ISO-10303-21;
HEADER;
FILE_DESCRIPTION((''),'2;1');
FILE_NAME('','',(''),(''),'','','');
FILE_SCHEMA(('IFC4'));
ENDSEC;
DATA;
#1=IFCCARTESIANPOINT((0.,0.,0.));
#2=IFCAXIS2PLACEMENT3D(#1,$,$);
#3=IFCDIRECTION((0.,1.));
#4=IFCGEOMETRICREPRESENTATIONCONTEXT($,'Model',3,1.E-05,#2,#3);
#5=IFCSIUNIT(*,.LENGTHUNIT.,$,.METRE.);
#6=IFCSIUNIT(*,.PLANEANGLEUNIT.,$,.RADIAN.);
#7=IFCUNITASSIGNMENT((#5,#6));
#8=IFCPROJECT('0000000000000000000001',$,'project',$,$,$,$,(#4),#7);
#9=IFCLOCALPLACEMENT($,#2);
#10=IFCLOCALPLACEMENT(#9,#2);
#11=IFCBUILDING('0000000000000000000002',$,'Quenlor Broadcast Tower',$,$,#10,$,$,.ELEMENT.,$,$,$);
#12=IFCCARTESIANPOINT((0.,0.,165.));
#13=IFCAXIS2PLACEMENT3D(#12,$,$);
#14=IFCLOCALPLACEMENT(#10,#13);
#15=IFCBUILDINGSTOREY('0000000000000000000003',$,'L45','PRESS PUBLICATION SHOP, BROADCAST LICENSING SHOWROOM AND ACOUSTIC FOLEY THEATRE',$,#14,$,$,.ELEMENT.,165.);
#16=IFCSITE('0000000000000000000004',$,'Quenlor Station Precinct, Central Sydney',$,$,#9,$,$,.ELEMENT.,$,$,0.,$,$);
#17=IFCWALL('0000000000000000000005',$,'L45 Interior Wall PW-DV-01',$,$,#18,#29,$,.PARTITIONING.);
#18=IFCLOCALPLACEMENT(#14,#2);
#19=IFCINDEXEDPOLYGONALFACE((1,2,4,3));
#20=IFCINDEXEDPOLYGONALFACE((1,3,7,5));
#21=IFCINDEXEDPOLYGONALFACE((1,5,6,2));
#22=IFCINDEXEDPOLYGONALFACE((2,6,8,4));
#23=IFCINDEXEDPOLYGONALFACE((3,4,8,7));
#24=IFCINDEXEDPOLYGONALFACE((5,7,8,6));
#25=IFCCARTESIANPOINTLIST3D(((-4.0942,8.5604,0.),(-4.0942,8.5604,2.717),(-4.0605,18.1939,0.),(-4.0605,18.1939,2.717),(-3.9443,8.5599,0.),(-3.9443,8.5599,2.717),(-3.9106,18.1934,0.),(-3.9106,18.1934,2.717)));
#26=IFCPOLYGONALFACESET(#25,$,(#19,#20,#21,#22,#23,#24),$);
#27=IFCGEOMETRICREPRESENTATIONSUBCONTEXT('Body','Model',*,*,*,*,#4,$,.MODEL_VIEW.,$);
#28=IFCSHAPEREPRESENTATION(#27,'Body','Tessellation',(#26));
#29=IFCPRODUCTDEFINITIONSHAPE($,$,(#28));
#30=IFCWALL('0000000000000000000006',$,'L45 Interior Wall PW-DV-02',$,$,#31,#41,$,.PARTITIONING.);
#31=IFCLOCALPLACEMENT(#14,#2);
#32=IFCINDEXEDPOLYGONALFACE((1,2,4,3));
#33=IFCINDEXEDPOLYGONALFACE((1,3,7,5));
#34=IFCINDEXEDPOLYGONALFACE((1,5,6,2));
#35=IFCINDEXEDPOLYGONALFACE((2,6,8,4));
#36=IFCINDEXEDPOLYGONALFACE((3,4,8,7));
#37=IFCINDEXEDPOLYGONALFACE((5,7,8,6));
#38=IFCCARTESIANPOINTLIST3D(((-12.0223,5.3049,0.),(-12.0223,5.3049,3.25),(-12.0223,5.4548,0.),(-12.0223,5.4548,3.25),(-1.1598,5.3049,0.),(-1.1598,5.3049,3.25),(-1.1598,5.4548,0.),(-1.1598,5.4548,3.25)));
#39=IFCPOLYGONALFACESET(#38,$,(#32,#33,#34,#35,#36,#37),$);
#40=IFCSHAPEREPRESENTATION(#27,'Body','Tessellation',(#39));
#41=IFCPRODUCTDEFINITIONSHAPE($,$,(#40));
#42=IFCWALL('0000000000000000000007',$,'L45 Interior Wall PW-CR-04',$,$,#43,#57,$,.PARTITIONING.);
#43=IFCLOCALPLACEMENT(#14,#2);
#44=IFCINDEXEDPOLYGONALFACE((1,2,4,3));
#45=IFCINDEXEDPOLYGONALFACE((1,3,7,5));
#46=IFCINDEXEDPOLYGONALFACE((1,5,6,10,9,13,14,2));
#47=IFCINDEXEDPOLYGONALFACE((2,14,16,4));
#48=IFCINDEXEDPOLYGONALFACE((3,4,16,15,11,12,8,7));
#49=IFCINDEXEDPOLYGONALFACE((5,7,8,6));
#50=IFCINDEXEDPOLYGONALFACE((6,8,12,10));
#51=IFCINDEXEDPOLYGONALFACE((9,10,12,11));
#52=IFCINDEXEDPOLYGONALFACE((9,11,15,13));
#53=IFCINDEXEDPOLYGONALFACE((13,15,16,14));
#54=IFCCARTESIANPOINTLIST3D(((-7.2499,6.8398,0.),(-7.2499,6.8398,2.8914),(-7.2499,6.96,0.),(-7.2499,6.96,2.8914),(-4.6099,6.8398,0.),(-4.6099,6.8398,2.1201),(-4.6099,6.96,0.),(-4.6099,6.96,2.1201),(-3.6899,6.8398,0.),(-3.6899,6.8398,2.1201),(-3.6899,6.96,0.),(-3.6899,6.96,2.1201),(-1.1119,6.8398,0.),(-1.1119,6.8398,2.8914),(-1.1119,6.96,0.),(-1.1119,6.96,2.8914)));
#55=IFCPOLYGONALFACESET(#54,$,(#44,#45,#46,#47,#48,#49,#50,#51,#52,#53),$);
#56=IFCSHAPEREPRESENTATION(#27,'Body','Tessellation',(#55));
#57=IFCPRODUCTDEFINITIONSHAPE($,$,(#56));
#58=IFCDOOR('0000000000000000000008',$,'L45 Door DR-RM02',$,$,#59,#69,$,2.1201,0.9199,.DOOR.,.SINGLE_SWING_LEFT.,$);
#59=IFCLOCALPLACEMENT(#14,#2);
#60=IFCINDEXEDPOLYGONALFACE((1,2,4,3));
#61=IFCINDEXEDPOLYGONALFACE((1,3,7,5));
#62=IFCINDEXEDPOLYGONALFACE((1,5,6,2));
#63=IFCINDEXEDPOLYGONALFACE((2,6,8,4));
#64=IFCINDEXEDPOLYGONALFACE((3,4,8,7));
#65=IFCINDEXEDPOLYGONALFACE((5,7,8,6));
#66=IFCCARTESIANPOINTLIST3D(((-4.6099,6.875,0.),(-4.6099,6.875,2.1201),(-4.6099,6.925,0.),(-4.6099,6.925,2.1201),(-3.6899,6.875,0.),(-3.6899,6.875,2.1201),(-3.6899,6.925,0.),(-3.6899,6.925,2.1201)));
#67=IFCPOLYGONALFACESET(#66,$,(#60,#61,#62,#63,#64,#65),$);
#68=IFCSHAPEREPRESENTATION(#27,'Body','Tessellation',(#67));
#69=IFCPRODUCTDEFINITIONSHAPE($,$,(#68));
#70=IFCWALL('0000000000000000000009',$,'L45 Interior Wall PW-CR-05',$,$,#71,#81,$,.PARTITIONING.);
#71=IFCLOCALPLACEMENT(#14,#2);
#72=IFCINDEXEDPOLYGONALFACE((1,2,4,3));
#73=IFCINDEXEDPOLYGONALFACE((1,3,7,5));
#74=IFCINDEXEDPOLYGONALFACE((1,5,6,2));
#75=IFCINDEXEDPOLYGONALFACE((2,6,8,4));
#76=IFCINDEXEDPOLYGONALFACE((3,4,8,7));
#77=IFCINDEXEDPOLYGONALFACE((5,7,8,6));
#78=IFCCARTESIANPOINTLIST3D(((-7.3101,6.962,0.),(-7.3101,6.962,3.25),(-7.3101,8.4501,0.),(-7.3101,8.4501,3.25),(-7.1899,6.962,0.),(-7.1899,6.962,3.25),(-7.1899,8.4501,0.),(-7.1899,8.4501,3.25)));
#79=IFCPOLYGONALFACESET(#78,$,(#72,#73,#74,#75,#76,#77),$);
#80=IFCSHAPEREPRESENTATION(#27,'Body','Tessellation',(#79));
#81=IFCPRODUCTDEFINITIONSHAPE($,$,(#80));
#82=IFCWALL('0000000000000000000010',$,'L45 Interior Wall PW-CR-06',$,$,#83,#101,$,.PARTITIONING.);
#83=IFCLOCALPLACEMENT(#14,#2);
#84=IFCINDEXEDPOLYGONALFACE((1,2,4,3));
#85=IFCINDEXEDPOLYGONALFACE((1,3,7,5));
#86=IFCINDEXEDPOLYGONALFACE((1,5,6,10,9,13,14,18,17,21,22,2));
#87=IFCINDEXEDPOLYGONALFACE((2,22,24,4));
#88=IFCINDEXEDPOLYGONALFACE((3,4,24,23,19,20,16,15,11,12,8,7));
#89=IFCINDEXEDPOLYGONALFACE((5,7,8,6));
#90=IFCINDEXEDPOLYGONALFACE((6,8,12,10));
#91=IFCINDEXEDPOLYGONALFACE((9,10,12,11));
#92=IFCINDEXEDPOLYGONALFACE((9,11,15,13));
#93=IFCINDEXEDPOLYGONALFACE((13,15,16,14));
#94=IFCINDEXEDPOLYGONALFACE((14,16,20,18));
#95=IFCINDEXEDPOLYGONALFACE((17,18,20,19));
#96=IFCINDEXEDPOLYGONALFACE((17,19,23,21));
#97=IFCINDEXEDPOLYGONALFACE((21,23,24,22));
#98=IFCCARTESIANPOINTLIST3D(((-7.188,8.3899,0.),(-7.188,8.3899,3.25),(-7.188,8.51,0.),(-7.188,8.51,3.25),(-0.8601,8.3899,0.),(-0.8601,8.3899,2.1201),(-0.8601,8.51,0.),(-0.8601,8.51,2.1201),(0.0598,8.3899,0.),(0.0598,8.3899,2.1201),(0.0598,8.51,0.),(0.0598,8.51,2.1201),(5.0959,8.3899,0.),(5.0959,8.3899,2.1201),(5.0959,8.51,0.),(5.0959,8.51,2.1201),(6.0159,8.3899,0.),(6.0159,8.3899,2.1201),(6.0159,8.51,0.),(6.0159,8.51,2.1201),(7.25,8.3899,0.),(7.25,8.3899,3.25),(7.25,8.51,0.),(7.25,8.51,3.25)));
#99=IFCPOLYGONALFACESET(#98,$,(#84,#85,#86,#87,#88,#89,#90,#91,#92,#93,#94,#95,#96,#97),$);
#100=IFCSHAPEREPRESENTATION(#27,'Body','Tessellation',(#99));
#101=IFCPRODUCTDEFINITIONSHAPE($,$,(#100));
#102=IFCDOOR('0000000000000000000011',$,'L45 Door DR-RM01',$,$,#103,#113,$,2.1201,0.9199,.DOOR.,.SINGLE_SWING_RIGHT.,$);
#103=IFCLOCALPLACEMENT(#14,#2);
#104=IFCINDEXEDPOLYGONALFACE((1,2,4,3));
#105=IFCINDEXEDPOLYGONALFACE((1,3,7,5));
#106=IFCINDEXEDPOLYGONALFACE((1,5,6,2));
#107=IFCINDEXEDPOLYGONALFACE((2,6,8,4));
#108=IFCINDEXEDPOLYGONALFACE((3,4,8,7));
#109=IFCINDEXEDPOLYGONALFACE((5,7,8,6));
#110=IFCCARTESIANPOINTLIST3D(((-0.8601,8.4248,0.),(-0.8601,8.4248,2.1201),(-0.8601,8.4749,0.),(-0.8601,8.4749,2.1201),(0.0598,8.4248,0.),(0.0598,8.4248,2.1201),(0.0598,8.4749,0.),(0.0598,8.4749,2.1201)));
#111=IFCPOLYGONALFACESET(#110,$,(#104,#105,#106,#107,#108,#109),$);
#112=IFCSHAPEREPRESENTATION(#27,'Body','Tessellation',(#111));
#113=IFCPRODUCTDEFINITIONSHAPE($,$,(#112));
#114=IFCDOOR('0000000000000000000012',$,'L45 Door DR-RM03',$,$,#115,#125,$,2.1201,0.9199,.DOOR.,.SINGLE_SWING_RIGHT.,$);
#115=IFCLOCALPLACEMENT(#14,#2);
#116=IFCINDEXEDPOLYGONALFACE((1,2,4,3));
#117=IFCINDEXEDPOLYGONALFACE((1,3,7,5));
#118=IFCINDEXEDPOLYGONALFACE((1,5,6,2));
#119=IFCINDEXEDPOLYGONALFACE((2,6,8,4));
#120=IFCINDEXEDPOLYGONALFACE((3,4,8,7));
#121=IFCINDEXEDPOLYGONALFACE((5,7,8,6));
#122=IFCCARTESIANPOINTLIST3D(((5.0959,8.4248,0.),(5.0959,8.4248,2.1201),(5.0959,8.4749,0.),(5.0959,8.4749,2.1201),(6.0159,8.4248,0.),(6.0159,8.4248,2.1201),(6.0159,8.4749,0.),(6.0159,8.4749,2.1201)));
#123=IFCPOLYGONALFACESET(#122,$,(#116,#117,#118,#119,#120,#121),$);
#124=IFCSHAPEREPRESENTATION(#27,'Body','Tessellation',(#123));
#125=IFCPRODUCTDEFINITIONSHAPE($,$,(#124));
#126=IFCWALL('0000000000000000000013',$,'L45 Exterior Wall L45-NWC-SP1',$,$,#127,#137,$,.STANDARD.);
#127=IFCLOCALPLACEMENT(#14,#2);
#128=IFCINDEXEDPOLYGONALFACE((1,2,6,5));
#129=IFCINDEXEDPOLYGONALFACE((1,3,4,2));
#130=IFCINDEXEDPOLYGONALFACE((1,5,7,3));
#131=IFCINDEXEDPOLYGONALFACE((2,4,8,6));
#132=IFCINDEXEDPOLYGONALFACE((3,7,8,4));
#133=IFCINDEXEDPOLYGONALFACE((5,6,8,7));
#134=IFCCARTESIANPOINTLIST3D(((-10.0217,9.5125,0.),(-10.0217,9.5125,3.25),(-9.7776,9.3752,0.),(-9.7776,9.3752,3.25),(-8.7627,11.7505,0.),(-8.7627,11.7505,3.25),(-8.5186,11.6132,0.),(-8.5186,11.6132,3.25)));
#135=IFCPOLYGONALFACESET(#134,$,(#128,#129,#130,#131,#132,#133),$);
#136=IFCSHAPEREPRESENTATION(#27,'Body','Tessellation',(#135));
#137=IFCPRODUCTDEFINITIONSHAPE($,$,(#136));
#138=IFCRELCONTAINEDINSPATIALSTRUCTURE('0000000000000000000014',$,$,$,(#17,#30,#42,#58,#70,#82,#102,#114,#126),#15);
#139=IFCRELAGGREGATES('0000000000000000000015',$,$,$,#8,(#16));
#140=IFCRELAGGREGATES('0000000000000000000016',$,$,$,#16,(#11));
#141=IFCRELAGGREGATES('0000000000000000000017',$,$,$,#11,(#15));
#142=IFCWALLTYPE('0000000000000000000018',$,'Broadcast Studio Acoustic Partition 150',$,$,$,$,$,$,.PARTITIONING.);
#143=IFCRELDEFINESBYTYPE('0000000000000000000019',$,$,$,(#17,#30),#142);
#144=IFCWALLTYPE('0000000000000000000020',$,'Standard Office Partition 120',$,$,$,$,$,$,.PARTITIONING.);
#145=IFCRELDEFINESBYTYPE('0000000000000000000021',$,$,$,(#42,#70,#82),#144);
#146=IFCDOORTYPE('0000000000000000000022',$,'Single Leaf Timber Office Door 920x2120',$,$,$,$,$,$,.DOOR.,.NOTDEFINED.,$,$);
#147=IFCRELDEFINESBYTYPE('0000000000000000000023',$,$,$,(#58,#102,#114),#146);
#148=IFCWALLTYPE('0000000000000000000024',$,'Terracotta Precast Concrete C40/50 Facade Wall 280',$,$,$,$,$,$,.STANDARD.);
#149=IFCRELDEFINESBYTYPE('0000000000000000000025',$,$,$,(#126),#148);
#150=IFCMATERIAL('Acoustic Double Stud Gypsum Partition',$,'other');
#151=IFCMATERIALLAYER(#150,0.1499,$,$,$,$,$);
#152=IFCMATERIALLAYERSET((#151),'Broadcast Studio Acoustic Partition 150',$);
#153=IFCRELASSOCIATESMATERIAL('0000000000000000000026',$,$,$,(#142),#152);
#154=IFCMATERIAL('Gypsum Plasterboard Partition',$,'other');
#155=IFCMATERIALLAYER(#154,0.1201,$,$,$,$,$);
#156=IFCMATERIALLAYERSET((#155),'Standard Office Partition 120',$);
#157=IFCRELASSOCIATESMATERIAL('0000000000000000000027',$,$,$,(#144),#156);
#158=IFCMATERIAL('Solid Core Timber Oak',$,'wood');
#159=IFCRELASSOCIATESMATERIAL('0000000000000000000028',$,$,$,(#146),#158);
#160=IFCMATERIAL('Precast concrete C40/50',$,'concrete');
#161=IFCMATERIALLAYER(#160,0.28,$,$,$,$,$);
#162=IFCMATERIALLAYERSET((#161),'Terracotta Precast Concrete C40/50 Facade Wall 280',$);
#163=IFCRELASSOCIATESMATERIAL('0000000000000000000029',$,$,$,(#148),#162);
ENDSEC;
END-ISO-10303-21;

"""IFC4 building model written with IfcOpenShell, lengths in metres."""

from ifc_helpers import new_model, si_unit, direction, frame, frame_2d, origin, place, context, subcontext, project, spatial, rectangle, extrude, material, layer, layer_set, type_object, element, fill, save


model = new_model("IFC4")

# Units and contexts
model_context = context("Model", 3, precision=1e-05, world=origin(), true_north=direction((0.0, 1.0)))
body_context = subcontext(model_context, "Body", "Model", "MODEL_VIEW")
ifc_project = project(units=[si_unit("LENGTHUNIT", "METRE"), si_unit("PLANEANGLEUNIT", "RADIAN")], contexts=[model_context])

# Site, building, storey
site_placement = place(None, origin())
site = spatial("IfcSite", under=ifc_project, at=site_placement, Name="Quenlor Station Precinct, Central Sydney", CompositionType="ELEMENT", RefElevation=0.0)
building_placement = place(site_placement, origin())
building = spatial("IfcBuilding", under=site, at=building_placement, Name="Quenlor Broadcast Tower", CompositionType="ELEMENT")
storey_placement = place(building_placement, frame((0.0, 0.0, 165.0)))
storey = spatial("IfcBuildingStorey", under=building, at=storey_placement, Name="L45", Description="PRESS PUBLICATION SHOP, BROADCAST LICENSING SHOWROOM AND ACOUSTIC FOLEY THEATRE", CompositionType="ELEMENT", Elevation=165.0)

# Walls
ifc_material_1 = material(Name="Acoustic Double Stud Gypsum Partition", Category="other")
ifc_layer_1 = layer(ifc_material_1, 0.1499)
ifc_layer_set_1 = layer_set([ifc_layer_1], Name="Broadcast Studio Acoustic Partition 150")
wall_type_1 = type_object("IfcWallType", Name="Broadcast Studio Acoustic Partition 150", PredefinedType="PARTITIONING", material=ifc_layer_set_1)
wall_1_placement = place(storey_placement, frame((-4.0193, 8.5601, 0.0), z_axis=(0.0, 0.0, 1.0), x_axis=(0.003497, 0.999994, 0.0)))
element("IfcWall", 1, at=wall_1_placement, inside=storey, type_object=wall_type_1, Name="L45 Interior Wall PW-DV-01", PredefinedType="PARTITIONING", context=body_context, shape_type="SweptSolid", body=[
    extrude(rectangle(XDim=9.6335, YDim=0.1499, at=frame_2d((4.8169, 0.0))), origin(), (0.0, 0.0, 1.0), 2.717),
])
wall_2_placement = place(storey_placement, frame((-1.1599, 5.3799, 0.0), z_axis=(0.0, 0.0, 1.0), x_axis=(-1.0, 0.0, 0.0)))
element("IfcWall", 2, at=wall_2_placement, inside=storey, type_object=wall_type_1, Name="L45 Interior Wall PW-DV-02", PredefinedType="PARTITIONING", context=body_context, shape_type="SweptSolid", body=[
    extrude(rectangle(XDim=10.8625, YDim=0.1499, at=frame_2d((5.4312, 0.0))), origin(), (0.0, 0.0, 1.0), 3.25),
])

# Wall, opening, door
ifc_material_2 = material(Name="Gypsum Plasterboard Partition", Category="other")
ifc_layer_2 = layer(ifc_material_2, 0.1201)
ifc_layer_set_2 = layer_set([ifc_layer_2], Name="Standard Office Partition 120")
wall_type_2 = type_object("IfcWallType", Name="Standard Office Partition 120", PredefinedType="PARTITIONING", material=ifc_layer_set_2)
wall_3_placement = place(storey_placement, frame((-1.1121, 6.8999, 0.0), z_axis=(0.0, 0.0, 1.0), x_axis=(-1.0, 0.0, 0.0)))
wall_3 = element("IfcWall", 3, at=wall_3_placement, inside=storey, type_object=wall_type_2, Name="L45 Interior Wall PW-CR-04", PredefinedType="PARTITIONING", context=body_context, shape_type="SweptSolid", body=[
    extrude(rectangle(XDim=6.1379, YDim=0.1201, at=frame_2d((3.0688, 0.0))), origin(), (0.0, 0.0, 1.0), 2.8914),
])
opening_1_placement = place(wall_3_placement, frame((2.5779, 0.0, 0.0)))
opening_1 = element("IfcOpeningElement", 4, at=opening_1_placement, cuts=wall_3, PredefinedType="OPENING", context=body_context, shape_type="SweptSolid", body=[
    extrude(rectangle(XDim=0.9199, YDim=2.1201, at=frame_2d((0.46, 1.0601))), frame((0.0, 0.0701, 0.0), z_axis=(0.0, -1.0, 0.0), x_axis=(1.0, 0.0, 0.0)), (0.0, 0.0, 1.0), 0.1401),
])
ifc_material_3 = material(Name="Solid Core Timber Oak", Category="wood")
door_type = type_object("IfcDoorType", Name="Single Leaf Timber Office Door 920x2120", OperationType="NOTDEFINED", PredefinedType="DOOR", material=ifc_material_3)
door_1_placement = place(opening_1_placement, origin())
door_1 = element("IfcDoor", 5, at=door_1_placement, inside=storey, type_object=door_type, Name="L45 Door DR-RM02", OperationType="SINGLE_SWING_LEFT", OverallHeight=2.1201, OverallWidth=0.9199, PredefinedType="DOOR", context=body_context, shape_type="SweptSolid", body=[
    extrude(rectangle(XDim=0.9199, YDim=2.1201, at=frame_2d((0.46, 1.0601))), frame((0.0, 0.0249, 0.0), z_axis=(0.0, -1.0, 0.0), x_axis=(1.0, 0.0, 0.0)), (0.0, 0.0, 1.0), 0.05),
])
fill(opening_1, door_1)

# Wall
wall_4_placement = place(storey_placement, frame((-7.25, 6.9619, 0.0), z_axis=(0.0, 0.0, 1.0), x_axis=(0.0, 1.0, 0.0)))
element("IfcWall", 6, at=wall_4_placement, inside=storey, type_object=wall_type_2, Name="L45 Interior Wall PW-CR-05", PredefinedType="PARTITIONING", context=body_context, shape_type="SweptSolid", body=[
    extrude(rectangle(XDim=1.488, YDim=0.1201, at=frame_2d((0.7441, 0.0))), origin(), (0.0, 0.0, 1.0), 3.25),
])

# Wall, openings, doors
wall_5_placement = place(storey_placement, frame((-7.188, 8.45, 0.0), z_axis=(0.0, 0.0, 1.0), x_axis=(1.0, 0.0, 0.0)))
wall_5 = element("IfcWall", 7, at=wall_5_placement, inside=storey, type_object=wall_type_2, Name="L45 Interior Wall PW-CR-06", PredefinedType="PARTITIONING", context=body_context, shape_type="SweptSolid", body=[
    extrude(rectangle(XDim=14.438, YDim=0.1201, at=frame_2d((7.219, 0.0))), origin(), (0.0, 0.0, 1.0), 3.25),
])
opening_2_placement = place(wall_5_placement, frame((6.3279, 0.0, 0.0)))
opening_2 = element("IfcOpeningElement", 8, at=opening_2_placement, cuts=wall_5, PredefinedType="OPENING", context=body_context, shape_type="SweptSolid", body=[
    extrude(rectangle(XDim=0.9199, YDim=2.1201, at=frame_2d((0.46, 1.0601))), frame((0.0, 0.0701, 0.0), z_axis=(0.0, -1.0, 0.0), x_axis=(1.0, 0.0, 0.0)), (0.0, 0.0, 1.0), 0.1401),
])
opening_3_placement = place(wall_5_placement, frame((12.2839, 0.0, 0.0)))
opening_3 = element("IfcOpeningElement", 9, at=opening_3_placement, cuts=wall_5, PredefinedType="OPENING", context=body_context, shape_type="SweptSolid", body=[
    extrude(rectangle(XDim=0.9199, YDim=2.1201, at=frame_2d((0.46, 1.0601))), frame((0.0, 0.0701, 0.0), z_axis=(0.0, -1.0, 0.0), x_axis=(1.0, 0.0, 0.0)), (0.0, 0.0, 1.0), 0.1401),
])
door_2_placement = place(opening_2_placement, origin())
door_2 = element("IfcDoor", 10, at=door_2_placement, inside=storey, type_object=door_type, Name="L45 Door DR-RM01", OperationType="SINGLE_SWING_RIGHT", OverallHeight=2.1201, OverallWidth=0.9199, PredefinedType="DOOR", context=body_context, shape_type="SweptSolid", body=[
    extrude(rectangle(XDim=0.9199, YDim=2.1201, at=frame_2d((0.46, 1.0601))), frame((0.0, 0.0249, 0.0), z_axis=(0.0, -1.0, 0.0), x_axis=(1.0, 0.0, 0.0)), (0.0, 0.0, 1.0), 0.05),
])
fill(opening_2, door_2)
door_3_placement = place(opening_3_placement, origin())
door_3 = element("IfcDoor", 11, at=door_3_placement, inside=storey, type_object=door_type, Name="L45 Door DR-RM03", OperationType="SINGLE_SWING_RIGHT", OverallHeight=2.1201, OverallWidth=0.9199, PredefinedType="DOOR", context=body_context, shape_type="SweptSolid", body=[
    extrude(rectangle(XDim=0.9199, YDim=2.1201, at=frame_2d((0.46, 1.0601))), frame((0.0, 0.0249, 0.0), z_axis=(0.0, -1.0, 0.0), x_axis=(1.0, 0.0, 0.0)), (0.0, 0.0, 1.0), 0.05),
])
fill(opening_3, door_3)

# Wall
ifc_material_4 = material(Name="Precast concrete C40/50", Category="concrete")
ifc_layer_3 = layer(ifc_material_4, 0.28)
ifc_layer_set_3 = layer_set([ifc_layer_3], Name="Terracotta Precast Concrete C40/50 Facade Wall 280")
wall_type_3 = type_object("IfcWallType", Name="Terracotta Precast Concrete C40/50 Facade Wall 280", PredefinedType="STANDARD", material=ifc_layer_set_3)
wall_6_placement = place(storey_placement, frame((-9.8997, 9.4438, 0.0), z_axis=(0.0, 0.0, 1.0), x_axis=(0.490302, 0.871553, 0.0)))
element("IfcWall", 12, at=wall_6_placement, inside=storey, type_object=wall_type_3, Name="L45 Exterior Wall L45-NWC-SP1", PredefinedType="STANDARD", context=body_context, shape_type="SweptSolid", body=[
    extrude(rectangle(XDim=2.5679, YDim=0.28, at=frame_2d((1.2839, 0.0))), origin(), (0.0, 0.0, 1.0), 3.25),
])

save(model, "model.ifc")
